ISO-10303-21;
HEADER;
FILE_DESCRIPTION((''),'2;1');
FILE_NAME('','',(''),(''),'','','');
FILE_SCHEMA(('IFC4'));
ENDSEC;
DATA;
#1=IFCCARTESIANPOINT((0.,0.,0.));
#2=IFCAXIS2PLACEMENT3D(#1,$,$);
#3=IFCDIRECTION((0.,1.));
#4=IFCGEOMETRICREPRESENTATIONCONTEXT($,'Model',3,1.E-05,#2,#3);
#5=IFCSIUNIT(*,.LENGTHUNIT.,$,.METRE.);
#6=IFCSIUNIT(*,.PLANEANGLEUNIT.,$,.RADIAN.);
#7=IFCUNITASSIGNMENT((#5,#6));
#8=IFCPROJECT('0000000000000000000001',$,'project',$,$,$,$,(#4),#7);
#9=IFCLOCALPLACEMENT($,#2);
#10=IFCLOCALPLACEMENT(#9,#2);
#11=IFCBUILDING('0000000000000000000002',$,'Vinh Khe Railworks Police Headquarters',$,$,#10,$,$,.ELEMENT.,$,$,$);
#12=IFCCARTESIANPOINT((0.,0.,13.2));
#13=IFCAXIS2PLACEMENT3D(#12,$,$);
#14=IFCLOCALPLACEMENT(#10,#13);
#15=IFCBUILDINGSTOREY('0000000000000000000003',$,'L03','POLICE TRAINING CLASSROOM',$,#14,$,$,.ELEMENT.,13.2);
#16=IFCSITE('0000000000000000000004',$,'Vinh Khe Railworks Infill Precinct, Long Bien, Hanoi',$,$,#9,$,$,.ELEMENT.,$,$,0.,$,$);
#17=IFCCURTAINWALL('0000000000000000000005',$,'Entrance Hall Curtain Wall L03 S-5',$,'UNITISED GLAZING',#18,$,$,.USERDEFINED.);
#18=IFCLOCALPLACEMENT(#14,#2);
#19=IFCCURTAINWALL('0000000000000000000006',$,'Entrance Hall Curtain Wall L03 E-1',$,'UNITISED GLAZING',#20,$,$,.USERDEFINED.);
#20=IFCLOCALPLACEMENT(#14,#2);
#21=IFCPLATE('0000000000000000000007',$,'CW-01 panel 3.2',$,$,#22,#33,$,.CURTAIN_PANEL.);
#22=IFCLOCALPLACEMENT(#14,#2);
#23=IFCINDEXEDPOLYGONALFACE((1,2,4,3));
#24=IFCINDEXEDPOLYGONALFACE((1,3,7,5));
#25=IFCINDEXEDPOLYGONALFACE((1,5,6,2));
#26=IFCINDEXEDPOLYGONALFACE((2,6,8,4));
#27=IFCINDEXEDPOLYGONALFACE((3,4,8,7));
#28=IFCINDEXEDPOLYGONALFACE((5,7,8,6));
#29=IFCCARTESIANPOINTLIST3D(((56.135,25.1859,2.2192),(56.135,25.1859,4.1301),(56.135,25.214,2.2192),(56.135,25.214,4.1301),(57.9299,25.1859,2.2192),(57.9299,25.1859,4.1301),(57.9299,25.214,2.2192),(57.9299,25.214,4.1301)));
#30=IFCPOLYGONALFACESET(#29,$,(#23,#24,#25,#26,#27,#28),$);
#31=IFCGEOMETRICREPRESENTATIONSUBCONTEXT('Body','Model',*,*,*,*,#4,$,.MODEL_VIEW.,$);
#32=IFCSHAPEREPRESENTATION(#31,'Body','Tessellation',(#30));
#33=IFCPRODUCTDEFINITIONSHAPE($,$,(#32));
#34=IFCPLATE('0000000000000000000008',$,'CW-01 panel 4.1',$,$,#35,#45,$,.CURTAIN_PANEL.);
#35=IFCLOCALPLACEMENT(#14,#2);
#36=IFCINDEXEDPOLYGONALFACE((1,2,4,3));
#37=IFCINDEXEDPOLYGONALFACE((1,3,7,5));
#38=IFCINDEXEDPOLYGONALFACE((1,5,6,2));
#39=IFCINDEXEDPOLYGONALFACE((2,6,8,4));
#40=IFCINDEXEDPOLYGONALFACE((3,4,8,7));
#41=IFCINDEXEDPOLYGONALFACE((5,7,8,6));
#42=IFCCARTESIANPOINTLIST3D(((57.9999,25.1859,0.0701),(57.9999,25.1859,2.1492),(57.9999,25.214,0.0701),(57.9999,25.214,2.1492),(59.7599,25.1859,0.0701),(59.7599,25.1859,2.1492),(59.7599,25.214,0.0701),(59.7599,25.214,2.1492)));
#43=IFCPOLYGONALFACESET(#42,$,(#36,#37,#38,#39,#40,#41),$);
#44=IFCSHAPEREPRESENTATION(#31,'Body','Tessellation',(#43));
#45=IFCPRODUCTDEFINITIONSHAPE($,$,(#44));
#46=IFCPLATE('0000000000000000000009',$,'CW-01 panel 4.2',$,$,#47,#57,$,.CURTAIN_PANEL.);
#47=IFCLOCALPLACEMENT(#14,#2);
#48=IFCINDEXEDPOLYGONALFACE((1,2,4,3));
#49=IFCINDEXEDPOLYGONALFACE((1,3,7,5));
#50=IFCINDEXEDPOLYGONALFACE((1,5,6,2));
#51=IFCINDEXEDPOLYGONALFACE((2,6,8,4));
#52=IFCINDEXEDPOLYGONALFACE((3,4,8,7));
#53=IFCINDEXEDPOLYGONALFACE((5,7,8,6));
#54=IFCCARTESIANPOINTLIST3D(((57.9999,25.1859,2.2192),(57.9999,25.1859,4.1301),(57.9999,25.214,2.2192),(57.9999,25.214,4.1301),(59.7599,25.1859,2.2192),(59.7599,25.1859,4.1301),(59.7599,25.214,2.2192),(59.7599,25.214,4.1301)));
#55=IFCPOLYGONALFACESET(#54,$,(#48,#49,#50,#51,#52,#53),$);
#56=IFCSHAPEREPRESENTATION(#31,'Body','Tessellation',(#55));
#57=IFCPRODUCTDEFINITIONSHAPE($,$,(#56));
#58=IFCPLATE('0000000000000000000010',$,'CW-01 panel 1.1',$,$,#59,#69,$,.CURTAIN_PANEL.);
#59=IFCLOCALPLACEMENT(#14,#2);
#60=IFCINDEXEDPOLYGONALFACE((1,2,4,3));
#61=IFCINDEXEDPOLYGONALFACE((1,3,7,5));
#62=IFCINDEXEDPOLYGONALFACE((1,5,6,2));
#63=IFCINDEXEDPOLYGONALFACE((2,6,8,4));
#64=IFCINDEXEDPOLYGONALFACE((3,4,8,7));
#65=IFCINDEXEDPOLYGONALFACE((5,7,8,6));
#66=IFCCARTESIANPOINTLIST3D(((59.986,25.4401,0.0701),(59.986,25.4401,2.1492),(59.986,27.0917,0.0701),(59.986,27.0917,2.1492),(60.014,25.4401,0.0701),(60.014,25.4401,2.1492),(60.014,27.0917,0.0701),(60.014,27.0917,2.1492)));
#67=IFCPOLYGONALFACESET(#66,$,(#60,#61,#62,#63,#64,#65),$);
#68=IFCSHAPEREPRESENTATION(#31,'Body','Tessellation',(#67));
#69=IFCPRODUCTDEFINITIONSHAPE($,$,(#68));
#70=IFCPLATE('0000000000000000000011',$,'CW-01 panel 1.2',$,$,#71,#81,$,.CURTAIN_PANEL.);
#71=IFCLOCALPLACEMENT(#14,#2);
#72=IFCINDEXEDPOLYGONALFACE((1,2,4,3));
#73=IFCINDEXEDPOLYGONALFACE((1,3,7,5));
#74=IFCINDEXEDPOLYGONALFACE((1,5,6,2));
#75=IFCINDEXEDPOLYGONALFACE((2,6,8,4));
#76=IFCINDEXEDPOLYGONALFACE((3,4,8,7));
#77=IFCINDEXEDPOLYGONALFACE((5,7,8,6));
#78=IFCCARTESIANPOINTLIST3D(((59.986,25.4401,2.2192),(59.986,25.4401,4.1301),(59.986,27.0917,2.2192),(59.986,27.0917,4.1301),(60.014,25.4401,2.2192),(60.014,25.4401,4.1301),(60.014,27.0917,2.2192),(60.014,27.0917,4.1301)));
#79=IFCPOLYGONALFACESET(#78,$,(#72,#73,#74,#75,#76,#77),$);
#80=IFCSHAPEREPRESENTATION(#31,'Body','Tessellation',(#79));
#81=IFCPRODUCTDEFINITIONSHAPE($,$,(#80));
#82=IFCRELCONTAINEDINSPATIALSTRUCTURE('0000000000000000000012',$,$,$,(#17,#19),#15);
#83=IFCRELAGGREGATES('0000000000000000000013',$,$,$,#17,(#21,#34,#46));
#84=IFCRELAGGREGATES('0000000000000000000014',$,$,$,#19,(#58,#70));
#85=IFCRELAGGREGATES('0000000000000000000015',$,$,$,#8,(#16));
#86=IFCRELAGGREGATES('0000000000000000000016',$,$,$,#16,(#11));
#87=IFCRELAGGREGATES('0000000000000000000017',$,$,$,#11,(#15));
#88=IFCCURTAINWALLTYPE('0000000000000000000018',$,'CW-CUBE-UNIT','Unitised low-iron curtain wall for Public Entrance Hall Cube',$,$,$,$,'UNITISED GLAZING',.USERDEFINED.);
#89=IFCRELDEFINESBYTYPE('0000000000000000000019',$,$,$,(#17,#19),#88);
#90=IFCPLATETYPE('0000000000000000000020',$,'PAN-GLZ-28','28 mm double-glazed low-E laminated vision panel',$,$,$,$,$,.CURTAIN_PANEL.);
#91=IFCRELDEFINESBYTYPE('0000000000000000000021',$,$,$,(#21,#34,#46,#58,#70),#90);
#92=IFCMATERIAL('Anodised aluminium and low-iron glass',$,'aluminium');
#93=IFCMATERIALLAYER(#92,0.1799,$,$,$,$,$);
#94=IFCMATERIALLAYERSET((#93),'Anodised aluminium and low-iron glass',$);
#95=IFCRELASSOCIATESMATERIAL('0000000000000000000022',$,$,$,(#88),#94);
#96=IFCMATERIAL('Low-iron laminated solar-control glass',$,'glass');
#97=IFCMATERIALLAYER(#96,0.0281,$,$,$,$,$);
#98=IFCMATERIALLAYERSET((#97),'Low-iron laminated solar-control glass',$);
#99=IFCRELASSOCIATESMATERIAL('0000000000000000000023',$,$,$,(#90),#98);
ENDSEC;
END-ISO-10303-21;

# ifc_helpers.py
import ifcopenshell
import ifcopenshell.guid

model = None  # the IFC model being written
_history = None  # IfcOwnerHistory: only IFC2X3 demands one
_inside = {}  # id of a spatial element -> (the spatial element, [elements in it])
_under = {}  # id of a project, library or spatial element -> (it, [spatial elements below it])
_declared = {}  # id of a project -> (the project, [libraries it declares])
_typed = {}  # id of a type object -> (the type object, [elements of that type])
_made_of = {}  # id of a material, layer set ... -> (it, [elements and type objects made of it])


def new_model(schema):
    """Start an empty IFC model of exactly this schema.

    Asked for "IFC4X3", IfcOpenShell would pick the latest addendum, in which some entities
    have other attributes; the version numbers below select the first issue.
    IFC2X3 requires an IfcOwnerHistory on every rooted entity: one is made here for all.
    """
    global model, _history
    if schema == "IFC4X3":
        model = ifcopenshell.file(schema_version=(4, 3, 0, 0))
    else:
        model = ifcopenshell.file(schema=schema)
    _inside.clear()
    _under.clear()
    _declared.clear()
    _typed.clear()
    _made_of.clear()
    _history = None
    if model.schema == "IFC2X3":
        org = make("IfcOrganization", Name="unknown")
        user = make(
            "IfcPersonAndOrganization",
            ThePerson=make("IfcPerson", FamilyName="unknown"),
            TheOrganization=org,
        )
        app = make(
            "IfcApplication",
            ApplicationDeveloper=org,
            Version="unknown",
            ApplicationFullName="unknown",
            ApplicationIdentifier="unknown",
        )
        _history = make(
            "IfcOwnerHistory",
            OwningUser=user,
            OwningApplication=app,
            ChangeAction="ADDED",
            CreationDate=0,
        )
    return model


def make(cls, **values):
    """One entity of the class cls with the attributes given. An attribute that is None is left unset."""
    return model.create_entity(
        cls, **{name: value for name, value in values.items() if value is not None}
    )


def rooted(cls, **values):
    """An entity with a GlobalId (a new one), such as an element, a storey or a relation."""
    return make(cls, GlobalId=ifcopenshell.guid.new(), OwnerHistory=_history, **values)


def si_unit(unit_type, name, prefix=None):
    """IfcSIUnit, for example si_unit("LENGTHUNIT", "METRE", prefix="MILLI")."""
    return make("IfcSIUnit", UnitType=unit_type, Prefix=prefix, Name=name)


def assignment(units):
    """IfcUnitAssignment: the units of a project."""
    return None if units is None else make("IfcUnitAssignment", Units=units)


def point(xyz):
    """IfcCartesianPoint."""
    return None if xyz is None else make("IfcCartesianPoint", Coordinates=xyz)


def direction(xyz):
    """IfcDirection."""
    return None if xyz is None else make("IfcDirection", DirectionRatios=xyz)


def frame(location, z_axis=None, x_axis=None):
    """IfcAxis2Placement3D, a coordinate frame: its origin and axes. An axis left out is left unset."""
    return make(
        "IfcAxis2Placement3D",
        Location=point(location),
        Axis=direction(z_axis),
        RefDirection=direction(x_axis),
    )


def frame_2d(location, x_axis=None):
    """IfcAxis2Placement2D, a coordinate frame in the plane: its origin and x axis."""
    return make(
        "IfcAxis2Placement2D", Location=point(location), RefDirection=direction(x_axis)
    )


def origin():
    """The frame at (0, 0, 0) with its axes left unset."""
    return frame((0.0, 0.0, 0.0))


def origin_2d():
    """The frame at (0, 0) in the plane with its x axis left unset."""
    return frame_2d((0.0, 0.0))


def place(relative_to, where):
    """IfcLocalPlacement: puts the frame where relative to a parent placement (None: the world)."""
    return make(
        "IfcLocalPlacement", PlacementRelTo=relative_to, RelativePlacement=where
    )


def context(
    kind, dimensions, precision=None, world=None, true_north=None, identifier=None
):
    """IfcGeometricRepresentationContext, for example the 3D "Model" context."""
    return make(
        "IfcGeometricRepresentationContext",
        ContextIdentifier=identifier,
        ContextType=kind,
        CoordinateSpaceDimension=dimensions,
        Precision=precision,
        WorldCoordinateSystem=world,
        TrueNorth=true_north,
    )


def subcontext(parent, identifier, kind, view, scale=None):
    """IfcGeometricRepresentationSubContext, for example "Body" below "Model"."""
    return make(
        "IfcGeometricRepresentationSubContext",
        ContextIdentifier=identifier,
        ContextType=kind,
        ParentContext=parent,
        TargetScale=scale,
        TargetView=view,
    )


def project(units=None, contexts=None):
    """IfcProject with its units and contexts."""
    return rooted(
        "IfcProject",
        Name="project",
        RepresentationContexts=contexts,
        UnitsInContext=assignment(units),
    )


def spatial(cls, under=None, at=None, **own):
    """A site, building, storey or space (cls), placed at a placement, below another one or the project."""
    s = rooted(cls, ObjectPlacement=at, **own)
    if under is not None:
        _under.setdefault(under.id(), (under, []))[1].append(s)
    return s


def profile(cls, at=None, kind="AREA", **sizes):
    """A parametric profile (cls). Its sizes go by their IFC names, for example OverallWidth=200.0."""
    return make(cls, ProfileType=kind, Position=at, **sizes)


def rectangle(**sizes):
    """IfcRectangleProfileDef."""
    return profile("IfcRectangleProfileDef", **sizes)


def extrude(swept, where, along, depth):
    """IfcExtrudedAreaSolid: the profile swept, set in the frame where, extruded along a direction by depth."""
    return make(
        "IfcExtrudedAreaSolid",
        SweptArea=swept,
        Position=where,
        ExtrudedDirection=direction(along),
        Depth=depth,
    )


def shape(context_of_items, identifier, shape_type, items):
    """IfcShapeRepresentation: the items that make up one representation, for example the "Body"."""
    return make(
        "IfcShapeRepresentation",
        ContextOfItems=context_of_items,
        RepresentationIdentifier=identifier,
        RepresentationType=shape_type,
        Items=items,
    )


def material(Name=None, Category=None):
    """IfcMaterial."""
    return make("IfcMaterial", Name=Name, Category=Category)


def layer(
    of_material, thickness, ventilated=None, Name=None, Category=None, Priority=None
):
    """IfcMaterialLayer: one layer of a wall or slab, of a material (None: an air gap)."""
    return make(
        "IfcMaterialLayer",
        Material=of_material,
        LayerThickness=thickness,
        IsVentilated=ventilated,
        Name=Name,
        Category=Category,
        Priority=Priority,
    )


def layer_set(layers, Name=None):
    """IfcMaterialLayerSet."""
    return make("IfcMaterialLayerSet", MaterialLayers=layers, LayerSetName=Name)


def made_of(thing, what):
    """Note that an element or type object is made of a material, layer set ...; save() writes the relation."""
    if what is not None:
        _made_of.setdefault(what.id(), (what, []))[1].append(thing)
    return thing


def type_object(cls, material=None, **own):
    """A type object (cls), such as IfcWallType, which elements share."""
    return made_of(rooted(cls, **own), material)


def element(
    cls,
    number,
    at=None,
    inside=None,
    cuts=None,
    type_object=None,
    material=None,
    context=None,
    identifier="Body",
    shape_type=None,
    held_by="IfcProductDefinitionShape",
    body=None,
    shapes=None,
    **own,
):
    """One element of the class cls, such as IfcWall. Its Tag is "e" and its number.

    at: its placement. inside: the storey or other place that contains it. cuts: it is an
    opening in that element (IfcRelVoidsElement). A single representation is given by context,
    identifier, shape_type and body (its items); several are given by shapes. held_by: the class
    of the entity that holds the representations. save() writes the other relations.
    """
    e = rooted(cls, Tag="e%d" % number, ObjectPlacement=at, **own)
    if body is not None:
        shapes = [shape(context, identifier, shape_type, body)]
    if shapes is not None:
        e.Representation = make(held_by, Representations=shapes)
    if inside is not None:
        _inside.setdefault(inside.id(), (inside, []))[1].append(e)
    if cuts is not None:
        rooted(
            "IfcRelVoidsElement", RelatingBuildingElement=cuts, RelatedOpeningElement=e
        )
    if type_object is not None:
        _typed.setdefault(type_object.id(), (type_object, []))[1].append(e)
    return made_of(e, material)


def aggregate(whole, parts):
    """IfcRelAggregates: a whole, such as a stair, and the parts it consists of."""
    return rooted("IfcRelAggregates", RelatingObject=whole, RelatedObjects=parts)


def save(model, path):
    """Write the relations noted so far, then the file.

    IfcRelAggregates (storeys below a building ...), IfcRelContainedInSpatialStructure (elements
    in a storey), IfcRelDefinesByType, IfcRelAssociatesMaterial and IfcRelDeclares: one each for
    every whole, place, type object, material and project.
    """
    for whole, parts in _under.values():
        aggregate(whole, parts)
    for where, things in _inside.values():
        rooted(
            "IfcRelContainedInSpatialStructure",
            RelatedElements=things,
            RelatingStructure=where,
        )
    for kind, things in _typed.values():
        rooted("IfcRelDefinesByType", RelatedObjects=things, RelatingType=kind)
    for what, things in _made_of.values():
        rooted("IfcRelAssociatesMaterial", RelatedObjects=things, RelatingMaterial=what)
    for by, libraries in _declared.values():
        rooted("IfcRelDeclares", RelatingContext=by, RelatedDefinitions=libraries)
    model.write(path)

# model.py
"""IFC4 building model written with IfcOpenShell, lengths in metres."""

from ifc_helpers import new_model, si_unit, direction, frame, origin, origin_2d, place, context, subcontext, project, spatial, rectangle, extrude, material, layer, layer_set, type_object, element, aggregate, save


model = new_model("IFC4")

# Units and contexts
model_context = context("Model", 3, precision=1e-05, world=origin(), true_north=direction((0.0, 1.0)))
body_context = subcontext(model_context, "Body", "Model", "MODEL_VIEW")
ifc_project = project(units=[si_unit("LENGTHUNIT", "METRE"), si_unit("PLANEANGLEUNIT", "RADIAN")], contexts=[model_context])

# Site, building, storey
site_placement = place(None, origin())
site = spatial("IfcSite", under=ifc_project, at=site_placement, Name="Vinh Khe Railworks Infill Precinct, Long Bien, Hanoi", CompositionType="ELEMENT", RefElevation=0.0)
building_placement = place(site_placement, origin())
building = spatial("IfcBuilding", under=site, at=building_placement, Name="Vinh Khe Railworks Police Headquarters", CompositionType="ELEMENT")
storey_placement = place(building_placement, frame((0.0, 0.0, 13.2)))
storey = spatial("IfcBuildingStorey", under=building, at=storey_placement, Name="L03", Description="POLICE TRAINING CLASSROOM", CompositionType="ELEMENT", Elevation=13.2)

# Curtain wall
ifc_material_1 = material(Name="Anodised aluminium and low-iron glass", Category="aluminium")
ifc_layer_1 = layer(ifc_material_1, 0.1799)
ifc_layer_set_1 = layer_set([ifc_layer_1], Name="Anodised aluminium and low-iron glass")
curtain_wall_type = type_object("IfcCurtainWallType", Name="CW-CUBE-UNIT", Description="Unitised low-iron curtain wall for Public Entrance Hall Cube", ElementType="UNITISED GLAZING", PredefinedType="USERDEFINED", material=ifc_layer_set_1)
curtain_wall_1_placement = place(storey_placement, origin())
curtain_wall_1 = element("IfcCurtainWall", 1, at=curtain_wall_1_placement, inside=storey, type_object=curtain_wall_type, Name="Entrance Hall Curtain Wall L03 S-5", ObjectType="UNITISED GLAZING", PredefinedType="USERDEFINED")

# Curtain wall
curtain_wall_2_placement = place(storey_placement, origin())
curtain_wall_2 = element("IfcCurtainWall", 2, at=curtain_wall_2_placement, inside=storey, type_object=curtain_wall_type, Name="Entrance Hall Curtain Wall L03 E-1", ObjectType="UNITISED GLAZING", PredefinedType="USERDEFINED")

# Plates
ifc_material_2 = material(Name="Low-iron laminated solar-control glass", Category="glass")
ifc_layer_2 = layer(ifc_material_2, 0.0281)
ifc_layer_set_2 = layer_set([ifc_layer_2], Name="Low-iron laminated solar-control glass")
plate_type = type_object("IfcPlateType", Name="PAN-GLZ-28", Description="28 mm double-glazed low-E laminated vision panel", PredefinedType="CURTAIN_PANEL", material=ifc_layer_set_2)
plate_1_placement = place(storey_placement, frame((57.0325, 25.2, 2.2192), z_axis=(0.0, 0.0, 1.0), x_axis=(1.0, 0.0, 0.0)))
plate_1 = element("IfcPlate", 3, at=plate_1_placement, type_object=plate_type, Name="CW-01 panel 3.2", PredefinedType="CURTAIN_PANEL", context=body_context, shape_type="SweptSolid", body=[
    extrude(rectangle(XDim=1.7949, YDim=0.0281, at=origin_2d()), origin(), (0.0, 0.0, 1.0), 1.9109),
])
plate_2_placement = place(storey_placement, frame((58.8799, 25.2, 0.0701), z_axis=(0.0, 0.0, 1.0), x_axis=(1.0, 0.0, 0.0)))
plate_2 = element("IfcPlate", 4, at=plate_2_placement, type_object=plate_type, Name="CW-01 panel 4.1", PredefinedType="CURTAIN_PANEL", context=body_context, shape_type="SweptSolid", body=[
    extrude(rectangle(XDim=1.76, YDim=0.0281, at=origin_2d()), origin(), (0.0, 0.0, 1.0), 2.0791),
])
plate_3_placement = place(storey_placement, frame((58.8799, 25.2, 2.2192), z_axis=(0.0, 0.0, 1.0), x_axis=(1.0, 0.0, 0.0)))
plate_3 = element("IfcPlate", 5, at=plate_3_placement, type_object=plate_type, Name="CW-01 panel 4.2", PredefinedType="CURTAIN_PANEL", context=body_context, shape_type="SweptSolid", body=[
    extrude(rectangle(XDim=1.76, YDim=0.0281, at=origin_2d()), origin(), (0.0, 0.0, 1.0), 1.9109),
])
aggregate(curtain_wall_1, [plate_1, plate_2, plate_3])
plate_4_placement = place(storey_placement, frame((60.0, 26.2659, 0.0701), z_axis=(0.0, 0.0, 1.0), x_axis=(0.0, 1.0, 0.0)))
plate_4 = element("IfcPlate", 6, at=plate_4_placement, type_object=plate_type, Name="CW-01 panel 1.1", PredefinedType="CURTAIN_PANEL", context=body_context, shape_type="SweptSolid", body=[
    extrude(rectangle(XDim=1.6516, YDim=0.0281, at=origin_2d()), origin(), (0.0, 0.0, 1.0), 2.0791),
])
plate_5_placement = place(storey_placement, frame((60.0, 26.2659, 2.2192), z_axis=(0.0, 0.0, 1.0), x_axis=(0.0, 1.0, 0.0)))
plate_5 = element("IfcPlate", 7, at=plate_5_placement, type_object=plate_type, Name="CW-01 panel 1.2", PredefinedType="CURTAIN_PANEL", context=body_context, shape_type="SweptSolid", body=[
    extrude(rectangle(XDim=1.6516, YDim=0.0281, at=origin_2d()), origin(), (0.0, 0.0, 1.0), 1.9109),
])
aggregate(curtain_wall_2, [plate_4, plate_5])

save(model, "model.ifc")
